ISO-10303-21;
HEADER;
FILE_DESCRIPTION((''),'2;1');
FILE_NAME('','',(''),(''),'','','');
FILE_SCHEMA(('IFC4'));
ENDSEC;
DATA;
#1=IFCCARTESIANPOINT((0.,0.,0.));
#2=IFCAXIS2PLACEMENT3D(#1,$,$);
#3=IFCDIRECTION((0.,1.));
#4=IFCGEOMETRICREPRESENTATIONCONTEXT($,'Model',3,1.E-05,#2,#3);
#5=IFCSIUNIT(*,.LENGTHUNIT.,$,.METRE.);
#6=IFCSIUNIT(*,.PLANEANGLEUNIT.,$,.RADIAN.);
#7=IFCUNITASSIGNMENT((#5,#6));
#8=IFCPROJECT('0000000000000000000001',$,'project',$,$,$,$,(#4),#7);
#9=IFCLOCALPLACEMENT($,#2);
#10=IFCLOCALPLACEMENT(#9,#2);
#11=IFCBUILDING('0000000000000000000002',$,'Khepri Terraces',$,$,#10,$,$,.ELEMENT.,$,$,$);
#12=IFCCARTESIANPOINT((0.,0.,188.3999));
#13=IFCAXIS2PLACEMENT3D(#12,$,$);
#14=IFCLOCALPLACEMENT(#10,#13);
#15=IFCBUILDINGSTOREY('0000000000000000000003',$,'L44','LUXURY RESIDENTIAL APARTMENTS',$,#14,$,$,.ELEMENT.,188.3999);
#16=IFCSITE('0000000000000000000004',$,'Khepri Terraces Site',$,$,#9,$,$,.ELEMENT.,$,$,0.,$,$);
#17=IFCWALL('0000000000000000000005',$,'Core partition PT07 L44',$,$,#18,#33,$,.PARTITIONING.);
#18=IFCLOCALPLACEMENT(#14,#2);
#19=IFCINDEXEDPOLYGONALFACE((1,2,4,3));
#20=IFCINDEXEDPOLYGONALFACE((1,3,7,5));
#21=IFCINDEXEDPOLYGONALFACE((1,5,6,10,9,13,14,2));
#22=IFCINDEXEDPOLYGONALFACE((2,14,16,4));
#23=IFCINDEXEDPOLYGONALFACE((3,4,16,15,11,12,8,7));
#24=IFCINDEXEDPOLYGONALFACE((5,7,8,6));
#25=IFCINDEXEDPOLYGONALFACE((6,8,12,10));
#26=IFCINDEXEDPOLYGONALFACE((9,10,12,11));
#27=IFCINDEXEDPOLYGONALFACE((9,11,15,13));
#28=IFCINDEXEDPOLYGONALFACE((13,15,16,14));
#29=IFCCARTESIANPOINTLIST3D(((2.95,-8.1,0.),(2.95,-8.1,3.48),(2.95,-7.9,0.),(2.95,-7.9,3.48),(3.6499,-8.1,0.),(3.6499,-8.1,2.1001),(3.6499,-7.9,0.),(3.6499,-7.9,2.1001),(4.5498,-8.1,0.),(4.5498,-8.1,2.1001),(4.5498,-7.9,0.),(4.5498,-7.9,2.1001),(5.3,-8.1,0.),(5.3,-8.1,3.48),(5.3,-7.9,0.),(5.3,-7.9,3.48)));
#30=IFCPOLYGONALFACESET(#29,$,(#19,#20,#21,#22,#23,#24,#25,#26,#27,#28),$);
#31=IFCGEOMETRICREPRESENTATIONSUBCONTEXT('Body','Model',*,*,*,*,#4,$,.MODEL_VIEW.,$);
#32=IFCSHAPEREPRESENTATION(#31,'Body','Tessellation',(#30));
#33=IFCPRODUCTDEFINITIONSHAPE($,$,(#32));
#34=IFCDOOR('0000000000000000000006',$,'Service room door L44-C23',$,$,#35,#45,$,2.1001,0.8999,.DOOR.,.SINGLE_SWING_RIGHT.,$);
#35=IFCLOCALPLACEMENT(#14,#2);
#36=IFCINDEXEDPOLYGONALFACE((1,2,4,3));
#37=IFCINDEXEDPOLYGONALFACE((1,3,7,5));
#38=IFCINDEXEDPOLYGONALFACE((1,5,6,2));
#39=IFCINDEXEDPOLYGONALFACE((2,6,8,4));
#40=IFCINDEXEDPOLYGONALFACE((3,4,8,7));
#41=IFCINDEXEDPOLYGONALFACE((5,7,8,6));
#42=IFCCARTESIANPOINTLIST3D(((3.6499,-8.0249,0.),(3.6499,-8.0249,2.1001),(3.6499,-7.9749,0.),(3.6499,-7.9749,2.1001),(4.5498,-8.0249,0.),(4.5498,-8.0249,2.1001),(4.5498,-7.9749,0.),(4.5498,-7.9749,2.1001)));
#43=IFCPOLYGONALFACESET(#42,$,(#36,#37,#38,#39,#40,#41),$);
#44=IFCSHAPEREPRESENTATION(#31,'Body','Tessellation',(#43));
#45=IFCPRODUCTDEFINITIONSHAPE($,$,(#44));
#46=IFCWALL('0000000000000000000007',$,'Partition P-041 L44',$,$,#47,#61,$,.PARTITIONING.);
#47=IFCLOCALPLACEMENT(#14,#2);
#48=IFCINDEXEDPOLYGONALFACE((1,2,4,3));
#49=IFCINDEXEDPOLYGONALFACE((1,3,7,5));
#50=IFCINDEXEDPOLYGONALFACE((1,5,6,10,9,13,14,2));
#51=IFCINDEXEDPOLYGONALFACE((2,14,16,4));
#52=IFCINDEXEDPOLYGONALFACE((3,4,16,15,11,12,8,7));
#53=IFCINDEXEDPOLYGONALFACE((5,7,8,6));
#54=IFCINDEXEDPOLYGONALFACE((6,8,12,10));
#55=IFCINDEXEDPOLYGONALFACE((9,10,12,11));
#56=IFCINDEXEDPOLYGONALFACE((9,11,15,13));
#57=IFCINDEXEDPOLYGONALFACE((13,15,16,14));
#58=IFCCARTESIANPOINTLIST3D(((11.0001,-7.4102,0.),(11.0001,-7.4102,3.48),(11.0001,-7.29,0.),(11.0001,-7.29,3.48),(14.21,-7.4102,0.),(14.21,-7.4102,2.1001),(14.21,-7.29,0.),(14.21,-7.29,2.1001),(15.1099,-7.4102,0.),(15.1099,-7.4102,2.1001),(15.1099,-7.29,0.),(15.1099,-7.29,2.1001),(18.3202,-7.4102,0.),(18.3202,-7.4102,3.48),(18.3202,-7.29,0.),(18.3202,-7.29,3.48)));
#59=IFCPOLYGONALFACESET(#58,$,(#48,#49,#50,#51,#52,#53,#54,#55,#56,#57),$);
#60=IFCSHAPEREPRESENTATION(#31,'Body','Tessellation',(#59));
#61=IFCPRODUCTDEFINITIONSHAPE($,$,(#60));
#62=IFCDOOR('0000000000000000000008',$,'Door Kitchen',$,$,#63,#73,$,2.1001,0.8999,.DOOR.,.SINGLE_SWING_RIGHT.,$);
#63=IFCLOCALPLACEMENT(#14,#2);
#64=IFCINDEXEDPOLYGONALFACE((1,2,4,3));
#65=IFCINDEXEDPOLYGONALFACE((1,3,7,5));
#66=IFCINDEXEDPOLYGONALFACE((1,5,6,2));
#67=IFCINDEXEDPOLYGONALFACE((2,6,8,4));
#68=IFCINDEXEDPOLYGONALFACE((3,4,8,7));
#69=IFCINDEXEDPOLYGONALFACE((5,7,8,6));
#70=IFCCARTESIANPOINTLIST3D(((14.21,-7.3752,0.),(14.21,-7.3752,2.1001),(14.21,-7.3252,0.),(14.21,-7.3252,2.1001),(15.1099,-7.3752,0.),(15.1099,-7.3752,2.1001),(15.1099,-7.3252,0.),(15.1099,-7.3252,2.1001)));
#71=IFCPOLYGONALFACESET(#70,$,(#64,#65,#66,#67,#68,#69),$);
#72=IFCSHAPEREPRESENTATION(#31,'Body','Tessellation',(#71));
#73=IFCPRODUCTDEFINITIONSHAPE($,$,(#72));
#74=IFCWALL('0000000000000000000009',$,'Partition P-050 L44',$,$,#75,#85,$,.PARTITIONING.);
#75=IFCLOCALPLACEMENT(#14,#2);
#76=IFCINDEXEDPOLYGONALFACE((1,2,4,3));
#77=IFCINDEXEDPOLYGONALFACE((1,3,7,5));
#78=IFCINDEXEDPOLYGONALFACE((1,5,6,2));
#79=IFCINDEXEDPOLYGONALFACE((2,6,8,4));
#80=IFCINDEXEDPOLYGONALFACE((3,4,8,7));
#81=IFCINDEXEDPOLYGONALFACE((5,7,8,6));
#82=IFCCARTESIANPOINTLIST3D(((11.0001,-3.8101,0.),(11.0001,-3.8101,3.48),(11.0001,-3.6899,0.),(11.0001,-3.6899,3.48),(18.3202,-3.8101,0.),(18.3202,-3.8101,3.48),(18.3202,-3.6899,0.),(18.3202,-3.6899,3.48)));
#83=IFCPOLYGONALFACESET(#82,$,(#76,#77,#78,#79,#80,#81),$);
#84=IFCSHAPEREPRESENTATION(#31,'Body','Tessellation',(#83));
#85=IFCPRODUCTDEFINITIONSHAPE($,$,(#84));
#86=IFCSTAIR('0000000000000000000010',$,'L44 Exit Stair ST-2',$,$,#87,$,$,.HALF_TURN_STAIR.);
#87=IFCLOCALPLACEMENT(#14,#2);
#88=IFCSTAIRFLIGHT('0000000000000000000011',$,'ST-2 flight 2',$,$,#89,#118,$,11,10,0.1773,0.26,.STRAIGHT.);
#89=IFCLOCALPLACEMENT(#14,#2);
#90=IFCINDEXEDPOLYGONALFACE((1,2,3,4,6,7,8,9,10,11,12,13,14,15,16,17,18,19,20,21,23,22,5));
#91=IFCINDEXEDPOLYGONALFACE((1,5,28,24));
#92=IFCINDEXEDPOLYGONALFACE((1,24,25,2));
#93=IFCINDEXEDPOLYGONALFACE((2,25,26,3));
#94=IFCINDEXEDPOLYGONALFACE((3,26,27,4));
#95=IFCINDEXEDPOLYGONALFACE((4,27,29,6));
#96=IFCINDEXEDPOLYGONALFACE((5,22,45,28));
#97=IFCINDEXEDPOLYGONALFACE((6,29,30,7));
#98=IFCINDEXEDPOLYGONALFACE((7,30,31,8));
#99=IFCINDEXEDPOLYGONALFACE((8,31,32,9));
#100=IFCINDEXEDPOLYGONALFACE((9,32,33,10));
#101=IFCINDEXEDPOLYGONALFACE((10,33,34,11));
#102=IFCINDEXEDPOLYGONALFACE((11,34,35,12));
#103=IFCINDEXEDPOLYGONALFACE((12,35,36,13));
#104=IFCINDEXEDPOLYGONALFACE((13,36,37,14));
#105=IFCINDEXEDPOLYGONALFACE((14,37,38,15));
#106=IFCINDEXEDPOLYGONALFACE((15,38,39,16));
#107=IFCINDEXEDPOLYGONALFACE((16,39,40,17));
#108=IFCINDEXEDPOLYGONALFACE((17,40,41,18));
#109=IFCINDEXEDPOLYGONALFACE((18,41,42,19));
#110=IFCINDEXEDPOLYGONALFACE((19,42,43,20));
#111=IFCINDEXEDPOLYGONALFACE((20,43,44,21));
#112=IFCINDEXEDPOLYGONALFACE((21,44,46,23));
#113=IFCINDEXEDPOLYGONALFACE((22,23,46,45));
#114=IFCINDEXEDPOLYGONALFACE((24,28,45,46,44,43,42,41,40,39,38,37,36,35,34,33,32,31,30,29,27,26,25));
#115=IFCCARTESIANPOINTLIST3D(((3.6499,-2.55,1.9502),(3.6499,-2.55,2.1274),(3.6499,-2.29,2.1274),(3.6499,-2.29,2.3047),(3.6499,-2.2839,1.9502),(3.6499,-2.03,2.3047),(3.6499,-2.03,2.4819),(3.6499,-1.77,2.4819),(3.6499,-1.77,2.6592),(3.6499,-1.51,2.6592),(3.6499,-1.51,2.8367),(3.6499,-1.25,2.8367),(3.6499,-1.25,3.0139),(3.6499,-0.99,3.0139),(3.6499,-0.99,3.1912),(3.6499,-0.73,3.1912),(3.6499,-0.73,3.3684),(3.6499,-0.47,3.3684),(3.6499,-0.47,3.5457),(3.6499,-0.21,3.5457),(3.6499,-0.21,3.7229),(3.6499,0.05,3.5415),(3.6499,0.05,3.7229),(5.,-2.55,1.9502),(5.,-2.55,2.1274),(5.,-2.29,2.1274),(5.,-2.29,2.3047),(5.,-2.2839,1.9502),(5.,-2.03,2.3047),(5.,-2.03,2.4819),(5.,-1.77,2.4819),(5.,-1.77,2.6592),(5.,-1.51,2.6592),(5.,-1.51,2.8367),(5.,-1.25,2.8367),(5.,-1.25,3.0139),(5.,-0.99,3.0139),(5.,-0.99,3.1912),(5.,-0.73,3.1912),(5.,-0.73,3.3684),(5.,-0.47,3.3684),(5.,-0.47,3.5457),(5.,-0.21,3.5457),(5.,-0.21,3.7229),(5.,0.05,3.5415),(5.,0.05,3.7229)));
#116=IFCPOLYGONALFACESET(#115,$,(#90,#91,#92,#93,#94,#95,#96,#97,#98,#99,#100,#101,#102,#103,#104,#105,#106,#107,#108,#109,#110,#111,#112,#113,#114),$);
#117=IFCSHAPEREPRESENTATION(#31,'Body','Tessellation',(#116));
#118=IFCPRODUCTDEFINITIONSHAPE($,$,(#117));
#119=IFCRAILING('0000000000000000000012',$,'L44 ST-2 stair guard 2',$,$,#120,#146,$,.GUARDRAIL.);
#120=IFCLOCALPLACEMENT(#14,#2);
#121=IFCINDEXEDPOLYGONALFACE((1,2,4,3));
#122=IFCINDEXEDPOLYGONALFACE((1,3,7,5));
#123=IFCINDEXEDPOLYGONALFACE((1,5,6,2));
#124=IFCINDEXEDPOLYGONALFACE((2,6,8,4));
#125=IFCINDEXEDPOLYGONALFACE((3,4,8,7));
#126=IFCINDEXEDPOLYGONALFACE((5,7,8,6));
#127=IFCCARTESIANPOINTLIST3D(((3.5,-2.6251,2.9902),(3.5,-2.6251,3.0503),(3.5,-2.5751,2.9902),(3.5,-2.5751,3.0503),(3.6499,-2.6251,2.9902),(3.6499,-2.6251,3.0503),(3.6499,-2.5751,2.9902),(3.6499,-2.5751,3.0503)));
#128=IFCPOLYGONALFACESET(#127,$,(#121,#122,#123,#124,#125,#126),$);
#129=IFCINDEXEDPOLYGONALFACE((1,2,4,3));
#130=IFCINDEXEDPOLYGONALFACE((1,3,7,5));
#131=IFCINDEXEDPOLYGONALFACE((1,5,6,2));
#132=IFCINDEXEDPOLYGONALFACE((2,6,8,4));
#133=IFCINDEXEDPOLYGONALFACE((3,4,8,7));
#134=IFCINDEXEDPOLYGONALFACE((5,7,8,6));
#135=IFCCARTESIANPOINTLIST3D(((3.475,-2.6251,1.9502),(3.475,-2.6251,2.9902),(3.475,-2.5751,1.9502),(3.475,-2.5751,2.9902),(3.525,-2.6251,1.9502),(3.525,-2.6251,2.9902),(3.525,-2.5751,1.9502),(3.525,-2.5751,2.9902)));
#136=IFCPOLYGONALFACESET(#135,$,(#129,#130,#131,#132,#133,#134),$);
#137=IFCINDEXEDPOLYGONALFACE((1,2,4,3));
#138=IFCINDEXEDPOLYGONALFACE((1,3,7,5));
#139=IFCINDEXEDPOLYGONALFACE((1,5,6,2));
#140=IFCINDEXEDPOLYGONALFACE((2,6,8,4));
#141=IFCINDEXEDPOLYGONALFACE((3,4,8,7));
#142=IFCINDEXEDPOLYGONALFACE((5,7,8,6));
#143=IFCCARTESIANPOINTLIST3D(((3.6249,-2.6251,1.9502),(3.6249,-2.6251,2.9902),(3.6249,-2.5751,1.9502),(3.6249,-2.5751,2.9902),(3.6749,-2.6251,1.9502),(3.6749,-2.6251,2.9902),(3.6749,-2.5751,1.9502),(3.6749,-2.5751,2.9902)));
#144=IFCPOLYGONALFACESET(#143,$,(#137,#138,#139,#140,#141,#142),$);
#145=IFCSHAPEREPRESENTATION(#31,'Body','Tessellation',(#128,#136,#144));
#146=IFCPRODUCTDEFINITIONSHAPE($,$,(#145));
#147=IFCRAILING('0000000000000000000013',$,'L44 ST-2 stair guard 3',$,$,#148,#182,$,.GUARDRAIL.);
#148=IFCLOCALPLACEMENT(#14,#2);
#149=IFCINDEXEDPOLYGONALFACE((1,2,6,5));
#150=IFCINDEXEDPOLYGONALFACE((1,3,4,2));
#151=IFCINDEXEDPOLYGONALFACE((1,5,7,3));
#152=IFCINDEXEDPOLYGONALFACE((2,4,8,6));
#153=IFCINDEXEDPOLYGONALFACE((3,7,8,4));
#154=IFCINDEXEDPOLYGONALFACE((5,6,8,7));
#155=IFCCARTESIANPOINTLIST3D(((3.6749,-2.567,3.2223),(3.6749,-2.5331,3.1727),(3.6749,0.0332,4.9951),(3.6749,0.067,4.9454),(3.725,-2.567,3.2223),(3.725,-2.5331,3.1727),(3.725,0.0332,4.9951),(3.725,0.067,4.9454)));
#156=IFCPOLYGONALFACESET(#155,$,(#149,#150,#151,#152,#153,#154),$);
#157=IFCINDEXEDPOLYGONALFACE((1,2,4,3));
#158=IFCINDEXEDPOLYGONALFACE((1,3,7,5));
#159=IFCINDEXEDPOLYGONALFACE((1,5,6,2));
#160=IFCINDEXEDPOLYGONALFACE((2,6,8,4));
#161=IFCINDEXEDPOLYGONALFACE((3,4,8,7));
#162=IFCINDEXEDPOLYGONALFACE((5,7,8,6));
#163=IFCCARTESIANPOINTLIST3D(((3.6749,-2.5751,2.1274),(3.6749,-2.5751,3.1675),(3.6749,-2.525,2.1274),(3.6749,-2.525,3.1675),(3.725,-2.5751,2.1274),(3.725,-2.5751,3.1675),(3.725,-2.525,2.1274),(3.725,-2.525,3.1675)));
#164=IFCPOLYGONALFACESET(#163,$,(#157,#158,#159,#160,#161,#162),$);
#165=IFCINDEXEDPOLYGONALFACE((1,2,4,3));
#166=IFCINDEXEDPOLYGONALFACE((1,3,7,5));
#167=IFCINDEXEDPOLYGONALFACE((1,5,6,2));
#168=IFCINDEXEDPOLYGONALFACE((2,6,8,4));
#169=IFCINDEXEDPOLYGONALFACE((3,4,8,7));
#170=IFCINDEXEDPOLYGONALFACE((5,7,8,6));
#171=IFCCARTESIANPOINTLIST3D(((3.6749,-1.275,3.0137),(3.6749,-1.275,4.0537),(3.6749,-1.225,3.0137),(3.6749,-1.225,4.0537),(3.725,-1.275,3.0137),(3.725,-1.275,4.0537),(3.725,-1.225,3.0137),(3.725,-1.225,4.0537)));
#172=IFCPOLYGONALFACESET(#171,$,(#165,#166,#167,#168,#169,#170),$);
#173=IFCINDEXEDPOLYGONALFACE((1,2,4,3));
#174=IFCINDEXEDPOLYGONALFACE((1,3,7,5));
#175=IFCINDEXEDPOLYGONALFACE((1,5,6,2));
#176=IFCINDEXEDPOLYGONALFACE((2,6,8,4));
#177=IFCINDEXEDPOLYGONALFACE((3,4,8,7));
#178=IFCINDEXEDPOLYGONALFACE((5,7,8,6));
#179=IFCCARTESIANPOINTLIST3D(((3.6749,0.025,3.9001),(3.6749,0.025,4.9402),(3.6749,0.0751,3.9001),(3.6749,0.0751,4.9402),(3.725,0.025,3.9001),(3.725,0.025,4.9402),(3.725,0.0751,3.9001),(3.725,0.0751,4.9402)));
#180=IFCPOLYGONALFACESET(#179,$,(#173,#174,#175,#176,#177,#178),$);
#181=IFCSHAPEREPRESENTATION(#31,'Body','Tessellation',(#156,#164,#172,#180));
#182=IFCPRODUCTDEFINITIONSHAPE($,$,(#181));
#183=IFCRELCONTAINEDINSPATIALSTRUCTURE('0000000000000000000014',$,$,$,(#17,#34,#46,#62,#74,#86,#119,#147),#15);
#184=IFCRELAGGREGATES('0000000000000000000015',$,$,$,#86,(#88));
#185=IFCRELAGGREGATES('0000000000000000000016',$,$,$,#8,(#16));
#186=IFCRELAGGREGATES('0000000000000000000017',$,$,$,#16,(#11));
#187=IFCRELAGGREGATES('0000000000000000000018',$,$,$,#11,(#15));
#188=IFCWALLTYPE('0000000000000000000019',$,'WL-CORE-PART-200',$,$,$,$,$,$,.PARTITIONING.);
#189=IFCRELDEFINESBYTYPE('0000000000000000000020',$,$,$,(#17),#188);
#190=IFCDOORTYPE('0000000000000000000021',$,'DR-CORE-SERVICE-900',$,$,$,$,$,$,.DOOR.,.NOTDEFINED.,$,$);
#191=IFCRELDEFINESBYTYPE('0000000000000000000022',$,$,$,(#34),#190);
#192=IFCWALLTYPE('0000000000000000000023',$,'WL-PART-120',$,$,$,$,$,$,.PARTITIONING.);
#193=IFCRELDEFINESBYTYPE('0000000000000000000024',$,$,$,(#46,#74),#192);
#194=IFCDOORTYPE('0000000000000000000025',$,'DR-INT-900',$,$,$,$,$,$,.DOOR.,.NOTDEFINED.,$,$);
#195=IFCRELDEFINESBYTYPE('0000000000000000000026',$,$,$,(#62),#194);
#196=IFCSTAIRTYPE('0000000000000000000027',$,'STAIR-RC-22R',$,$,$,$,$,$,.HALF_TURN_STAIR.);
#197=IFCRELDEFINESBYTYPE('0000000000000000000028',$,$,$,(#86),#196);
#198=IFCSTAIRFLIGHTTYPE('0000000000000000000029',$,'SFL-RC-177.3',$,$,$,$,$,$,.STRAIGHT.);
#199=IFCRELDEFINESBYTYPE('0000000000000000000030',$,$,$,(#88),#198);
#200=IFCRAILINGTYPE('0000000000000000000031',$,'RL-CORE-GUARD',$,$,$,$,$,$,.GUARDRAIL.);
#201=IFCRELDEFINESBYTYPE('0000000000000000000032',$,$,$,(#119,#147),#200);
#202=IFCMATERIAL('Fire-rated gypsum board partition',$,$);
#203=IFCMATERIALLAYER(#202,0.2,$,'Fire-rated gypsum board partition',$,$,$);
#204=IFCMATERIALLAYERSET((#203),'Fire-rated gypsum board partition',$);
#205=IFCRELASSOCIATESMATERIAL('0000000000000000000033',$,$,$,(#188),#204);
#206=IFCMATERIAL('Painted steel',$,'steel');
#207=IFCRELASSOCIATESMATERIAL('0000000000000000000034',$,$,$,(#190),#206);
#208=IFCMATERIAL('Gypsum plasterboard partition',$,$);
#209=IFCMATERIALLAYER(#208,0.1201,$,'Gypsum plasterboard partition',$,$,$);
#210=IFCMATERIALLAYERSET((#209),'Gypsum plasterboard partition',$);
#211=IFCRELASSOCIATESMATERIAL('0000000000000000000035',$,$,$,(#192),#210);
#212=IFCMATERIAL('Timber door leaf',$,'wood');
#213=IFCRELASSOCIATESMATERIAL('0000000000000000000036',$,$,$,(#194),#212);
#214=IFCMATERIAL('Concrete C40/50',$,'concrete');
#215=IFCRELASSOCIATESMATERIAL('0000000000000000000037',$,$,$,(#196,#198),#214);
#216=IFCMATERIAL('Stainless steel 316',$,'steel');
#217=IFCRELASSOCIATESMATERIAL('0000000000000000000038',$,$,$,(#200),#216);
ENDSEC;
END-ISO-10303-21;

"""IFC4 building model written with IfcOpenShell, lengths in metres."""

from ifc_helpers import new_model, si_unit, direction, frame, frame_2d, origin, origin_2d, place, context, subcontext, project, spatial, polyline, rectangle, outline, extrude, material, layer, layer_set, type_object, element, fill, aggregate, save


model = new_model("IFC4")

# Units and contexts
model_context = context("Model", 3, precision=1e-05, world=origin(), true_north=direction((0.0, 1.0)))
body_context = subcontext(model_context, "Body", "Model", "MODEL_VIEW")
ifc_project = project(units=[si_unit("LENGTHUNIT", "METRE"), si_unit("PLANEANGLEUNIT", "RADIAN")], contexts=[model_context])

# Site, building, storey
site_placement = place(None, origin())
site = spatial("IfcSite", under=ifc_project, at=site_placement, Name="Khepri Terraces Site", CompositionType="ELEMENT", RefElevation=0.0)
building_placement = place(site_placement, origin())
building = spatial("IfcBuilding", under=site, at=building_placement, Name="Khepri Terraces", CompositionType="ELEMENT")
storey_placement = place(building_placement, frame((0.0, 0.0, 188.3999)))
storey = spatial("IfcBuildingStorey", under=building, at=storey_placement, Name="L44", Description="LUXURY RESIDENTIAL APARTMENTS", CompositionType="ELEMENT", Elevation=188.3999)

# Shared definitions
ifc_material_1 = material(Name="Painted steel", Category="steel")

# Walls, openings, doors
ifc_material_2 = material(Name="Fire-rated gypsum board partition")
ifc_layer_1 = layer(ifc_material_2, 0.2, Name="Fire-rated gypsum board partition")
ifc_layer_set_1 = layer_set([ifc_layer_1], Name="Fire-rated gypsum board partition")
wall_type_1 = type_object("IfcWallType", Name="WL-CORE-PART-200", PredefinedType="PARTITIONING", material=ifc_layer_set_1)
wall_1_placement = place(storey_placement, frame((2.95, -8.0, 0.0), z_axis=(0.0, 0.0, 1.0), x_axis=(1.0, 0.0, 0.0)))
wall_1 = element("IfcWall", 1, at=wall_1_placement, inside=storey, type_object=wall_type_1, Name="Core partition PT07 L44", PredefinedType="PARTITIONING", context=body_context, shape_type="SweptSolid", body=[
    extrude(rectangle(XDim=2.3501, YDim=0.2, at=frame_2d((1.175, 0.0))), origin(), (0.0, 0.0, 1.0), 3.48),
])
opening_1_placement = place(wall_1_placement, frame((0.7, 0.0, 0.0)))
opening_1 = element("IfcOpeningElement", 2, at=opening_1_placement, cuts=wall_1, PredefinedType="OPENING", context=body_context, shape_type="SweptSolid", body=[
    extrude(rectangle(XDim=0.8999, YDim=2.1001, at=frame_2d((0.45, 1.05))), frame((0.0, 0.1099, 0.0), z_axis=(0.0, -1.0, 0.0), x_axis=(1.0, 0.0, 0.0)), (0.0, 0.0, 1.0), 0.22),
])
door_type_1 = type_object("IfcDoorType", Name="DR-CORE-SERVICE-900", OperationType="NOTDEFINED", PredefinedType="DOOR", material=ifc_material_1)
door_1_placement = place(opening_1_placement, frame((0.8999, 0.0, 0.0), z_axis=(0.0, 0.0, 1.0), x_axis=(-1.0, 0.0, 0.0)))
door_1 = element("IfcDoor", 3, at=door_1_placement, inside=storey, type_object=door_type_1, Name="Service room door L44-C23", OperationType="SINGLE_SWING_RIGHT", OverallHeight=2.1001, OverallWidth=0.8999, PredefinedType="DOOR", context=body_context, shape_type="SweptSolid", body=[
    extrude(rectangle(XDim=0.8999, YDim=2.1001, at=frame_2d((0.45, 1.05))), frame((0.0, 0.0249, 0.0), z_axis=(0.0, -1.0, 0.0), x_axis=(1.0, 0.0, 0.0)), (0.0, 0.0, 1.0), 0.05),
])
fill(opening_1, door_1)
ifc_material_3 = material(Name="Gypsum plasterboard partition")
ifc_layer_2 = layer(ifc_material_3, 0.1201, Name="Gypsum plasterboard partition")
ifc_layer_set_2 = layer_set([ifc_layer_2], Name="Gypsum plasterboard partition")
wall_type_2 = type_object("IfcWallType", Name="WL-PART-120", PredefinedType="PARTITIONING", material=ifc_layer_set_2)
wall_2_placement = place(storey_placement, frame((11.0, -7.3501, 0.0), z_axis=(0.0, 0.0, 1.0), x_axis=(1.0, 0.0, 0.0)))
wall_2 = element("IfcWall", 4, at=wall_2_placement, inside=storey, type_object=wall_type_2, Name="Partition P-041 L44", PredefinedType="PARTITIONING", context=body_context, shape_type="SweptSolid", body=[
    extrude(rectangle(XDim=7.3201, YDim=0.1201, at=frame_2d((3.6602, 0.0))), origin(), (0.0, 0.0, 1.0), 3.48),
])
opening_2_placement = place(wall_2_placement, frame((3.21, 0.0, 0.0)))
opening_2 = element("IfcOpeningElement", 5, at=opening_2_placement, cuts=wall_2, PredefinedType="OPENING", context=body_context, shape_type="SweptSolid", body=[
    extrude(rectangle(XDim=0.8999, YDim=2.1001, at=frame_2d((0.45, 1.05))), frame((0.0, 0.0701, 0.0), z_axis=(0.0, -1.0, 0.0), x_axis=(1.0, 0.0, 0.0)), (0.0, 0.0, 1.0), 0.1401),
])
ifc_material_4 = material(Name="Timber door leaf", Category="wood")
door_type_2 = type_object("IfcDoorType", Name="DR-INT-900", OperationType="NOTDEFINED", PredefinedType="DOOR", material=ifc_material_4)
door_2_placement = place(opening_2_placement, origin())
door_2 = element("IfcDoor", 6, at=door_2_placement, inside=storey, type_object=door_type_2, Name="Door Kitchen", OperationType="SINGLE_SWING_RIGHT", OverallHeight=2.1001, OverallWidth=0.8999, PredefinedType="DOOR", context=body_context, shape_type="SweptSolid", body=[
    extrude(rectangle(XDim=0.8999, YDim=2.1001, at=frame_2d((0.45, 1.05))), frame((0.0, 0.0249, 0.0), z_axis=(0.0, -1.0, 0.0), x_axis=(1.0, 0.0, 0.0)), (0.0, 0.0, 1.0), 0.05),
])
fill(opening_2, door_2)

# Wall
wall_3_placement = place(storey_placement, frame((11.0, -3.75, 0.0), z_axis=(0.0, 0.0, 1.0), x_axis=(1.0, 0.0, 0.0)))
element("IfcWall", 7, at=wall_3_placement, inside=storey, type_object=wall_type_2, Name="Partition P-050 L44", PredefinedType="PARTITIONING", context=body_context, shape_type="SweptSolid", body=[
    extrude(rectangle(XDim=7.3201, YDim=0.1201, at=frame_2d((3.6602, 0.0))), origin(), (0.0, 0.0, 1.0), 3.48),
])

# Stair, stair flight
ifc_material_5 = material(Name="Concrete C40/50", Category="concrete")
stair_type = type_object("IfcStairType", Name="STAIR-RC-22R", PredefinedType="HALF_TURN_STAIR", material=ifc_material_5)
stair_placement = place(storey_placement, origin())
stair = element("IfcStair", 8, at=stair_placement, inside=storey, type_object=stair_type, Name="L44 Exit Stair ST-2", PredefinedType="HALF_TURN_STAIR")
stair_flight_type = type_object("IfcStairFlightType", Name="SFL-RC-177.3", PredefinedType="STRAIGHT", material=ifc_material_5)
stair_flight_placement = place(storey_placement, frame((4.325, -2.55, 1.9502), z_axis=(0.0, 0.0, 1.0), x_axis=(0.0, 1.0, 0.0)))
stair_flight = element("IfcStairFlight", 9, at=stair_flight_placement, type_object=stair_flight_type, Name="ST-2 flight 2", NumberOfRisers=11, NumberOfTreads=10, PredefinedType="STRAIGHT", RiserHeight=0.1773, TreadLength=0.26, context=body_context, shape_type="SweptSolid", body=[
    extrude(outline(polyline([(0.0, 0.0), (0.0, 0.1772), (0.26, 0.1772), (0.26, 0.3545), (0.52, 0.3545), (0.52, 0.5317), (0.78, 0.5317), (0.78, 0.709), (1.04, 0.709), (1.04, 0.8865), (1.3, 0.8865), (1.3, 1.0637), (1.5601, 1.0637), (1.5601, 1.241), (1.8201, 1.241), (1.8201, 1.4182), (2.0801, 1.4182), (2.0801, 1.5955), (2.3401, 1.5955), (2.3401, 1.7727), (2.6001, 1.7727), (2.6001, 1.95), (2.6001, 1.5913), (0.2661, 0.0), (0.0, 0.0)])), frame((0.0, 0.675, 0.0), z_axis=(0.0, -1.0, 0.0), x_axis=(1.0, 0.0, 0.0)), (0.0, 0.0, 1.0), 1.3501),
])
aggregate(stair, [stair_flight])

# Railings
ifc_material_6 = material(Name="Stainless steel 316", Category="steel")
railing_type_1 = type_object("IfcRailingType", Name="RL-CORE-GUARD", PredefinedType="GUARDRAIL", material=ifc_material_6)
railing_1_placement = place(storey_placement, frame((3.5, -2.6001, 1.9502)))
element("IfcRailing", 10, at=railing_1_placement, inside=storey, type_object=railing_type_1, Name="L44 ST-2 stair guard 2", PredefinedType="GUARDRAIL", context=body_context, shape_type="SweptSolid", body=[
    extrude(rectangle(XDim=0.05, YDim=0.0601, at=origin_2d()), frame((0.0, 0.0, 1.0701), z_axis=(1.0, 0.0, 0.0), x_axis=(0.0, 1.0, 0.0)), (0.0, 0.0, 1.0), 0.1499),
    extrude(rectangle(XDim=0.05, YDim=0.05, at=origin_2d()), origin(), (0.0, 0.0, 1.0), 1.04),
    extrude(rectangle(XDim=0.05, YDim=0.05, at=origin_2d()), frame((0.1499, 0.0, 0.0)), (0.0, 0.0, 1.0), 1.04),
])
railing_2_placement = place(storey_placement, frame((3.7, -2.55, 2.1274)))
element("IfcRailing", 11, at=railing_2_placement, inside=storey, type_object=railing_type_1, Name="L44 ST-2 stair guard 3", PredefinedType="GUARDRAIL", context=body_context, shape_type="SweptSolid", body=[
    extrude(rectangle(XDim=0.05, YDim=0.0601, at=origin_2d()), frame((0.0, 0.0, 1.0701), z_axis=(0.0, 0.82624, 0.563318), x_axis=(-1.0, 0.0, 0.0)), (0.0, 0.0, 1.0), 3.147),
    extrude(rectangle(XDim=0.05, YDim=0.05, at=origin_2d()), origin(), (0.0, 0.0, 1.0), 1.04),
    extrude(rectangle(XDim=0.05, YDim=0.05, at=origin_2d()), frame((0.0, 1.3, 0.8862)), (0.0, 0.0, 1.0), 1.04),
    extrude(rectangle(XDim=0.05, YDim=0.05, at=origin_2d()), frame((0.0, 2.6001, 1.7727)), (0.0, 0.0, 1.0), 1.04),
])

save(model, "model.ifc")
